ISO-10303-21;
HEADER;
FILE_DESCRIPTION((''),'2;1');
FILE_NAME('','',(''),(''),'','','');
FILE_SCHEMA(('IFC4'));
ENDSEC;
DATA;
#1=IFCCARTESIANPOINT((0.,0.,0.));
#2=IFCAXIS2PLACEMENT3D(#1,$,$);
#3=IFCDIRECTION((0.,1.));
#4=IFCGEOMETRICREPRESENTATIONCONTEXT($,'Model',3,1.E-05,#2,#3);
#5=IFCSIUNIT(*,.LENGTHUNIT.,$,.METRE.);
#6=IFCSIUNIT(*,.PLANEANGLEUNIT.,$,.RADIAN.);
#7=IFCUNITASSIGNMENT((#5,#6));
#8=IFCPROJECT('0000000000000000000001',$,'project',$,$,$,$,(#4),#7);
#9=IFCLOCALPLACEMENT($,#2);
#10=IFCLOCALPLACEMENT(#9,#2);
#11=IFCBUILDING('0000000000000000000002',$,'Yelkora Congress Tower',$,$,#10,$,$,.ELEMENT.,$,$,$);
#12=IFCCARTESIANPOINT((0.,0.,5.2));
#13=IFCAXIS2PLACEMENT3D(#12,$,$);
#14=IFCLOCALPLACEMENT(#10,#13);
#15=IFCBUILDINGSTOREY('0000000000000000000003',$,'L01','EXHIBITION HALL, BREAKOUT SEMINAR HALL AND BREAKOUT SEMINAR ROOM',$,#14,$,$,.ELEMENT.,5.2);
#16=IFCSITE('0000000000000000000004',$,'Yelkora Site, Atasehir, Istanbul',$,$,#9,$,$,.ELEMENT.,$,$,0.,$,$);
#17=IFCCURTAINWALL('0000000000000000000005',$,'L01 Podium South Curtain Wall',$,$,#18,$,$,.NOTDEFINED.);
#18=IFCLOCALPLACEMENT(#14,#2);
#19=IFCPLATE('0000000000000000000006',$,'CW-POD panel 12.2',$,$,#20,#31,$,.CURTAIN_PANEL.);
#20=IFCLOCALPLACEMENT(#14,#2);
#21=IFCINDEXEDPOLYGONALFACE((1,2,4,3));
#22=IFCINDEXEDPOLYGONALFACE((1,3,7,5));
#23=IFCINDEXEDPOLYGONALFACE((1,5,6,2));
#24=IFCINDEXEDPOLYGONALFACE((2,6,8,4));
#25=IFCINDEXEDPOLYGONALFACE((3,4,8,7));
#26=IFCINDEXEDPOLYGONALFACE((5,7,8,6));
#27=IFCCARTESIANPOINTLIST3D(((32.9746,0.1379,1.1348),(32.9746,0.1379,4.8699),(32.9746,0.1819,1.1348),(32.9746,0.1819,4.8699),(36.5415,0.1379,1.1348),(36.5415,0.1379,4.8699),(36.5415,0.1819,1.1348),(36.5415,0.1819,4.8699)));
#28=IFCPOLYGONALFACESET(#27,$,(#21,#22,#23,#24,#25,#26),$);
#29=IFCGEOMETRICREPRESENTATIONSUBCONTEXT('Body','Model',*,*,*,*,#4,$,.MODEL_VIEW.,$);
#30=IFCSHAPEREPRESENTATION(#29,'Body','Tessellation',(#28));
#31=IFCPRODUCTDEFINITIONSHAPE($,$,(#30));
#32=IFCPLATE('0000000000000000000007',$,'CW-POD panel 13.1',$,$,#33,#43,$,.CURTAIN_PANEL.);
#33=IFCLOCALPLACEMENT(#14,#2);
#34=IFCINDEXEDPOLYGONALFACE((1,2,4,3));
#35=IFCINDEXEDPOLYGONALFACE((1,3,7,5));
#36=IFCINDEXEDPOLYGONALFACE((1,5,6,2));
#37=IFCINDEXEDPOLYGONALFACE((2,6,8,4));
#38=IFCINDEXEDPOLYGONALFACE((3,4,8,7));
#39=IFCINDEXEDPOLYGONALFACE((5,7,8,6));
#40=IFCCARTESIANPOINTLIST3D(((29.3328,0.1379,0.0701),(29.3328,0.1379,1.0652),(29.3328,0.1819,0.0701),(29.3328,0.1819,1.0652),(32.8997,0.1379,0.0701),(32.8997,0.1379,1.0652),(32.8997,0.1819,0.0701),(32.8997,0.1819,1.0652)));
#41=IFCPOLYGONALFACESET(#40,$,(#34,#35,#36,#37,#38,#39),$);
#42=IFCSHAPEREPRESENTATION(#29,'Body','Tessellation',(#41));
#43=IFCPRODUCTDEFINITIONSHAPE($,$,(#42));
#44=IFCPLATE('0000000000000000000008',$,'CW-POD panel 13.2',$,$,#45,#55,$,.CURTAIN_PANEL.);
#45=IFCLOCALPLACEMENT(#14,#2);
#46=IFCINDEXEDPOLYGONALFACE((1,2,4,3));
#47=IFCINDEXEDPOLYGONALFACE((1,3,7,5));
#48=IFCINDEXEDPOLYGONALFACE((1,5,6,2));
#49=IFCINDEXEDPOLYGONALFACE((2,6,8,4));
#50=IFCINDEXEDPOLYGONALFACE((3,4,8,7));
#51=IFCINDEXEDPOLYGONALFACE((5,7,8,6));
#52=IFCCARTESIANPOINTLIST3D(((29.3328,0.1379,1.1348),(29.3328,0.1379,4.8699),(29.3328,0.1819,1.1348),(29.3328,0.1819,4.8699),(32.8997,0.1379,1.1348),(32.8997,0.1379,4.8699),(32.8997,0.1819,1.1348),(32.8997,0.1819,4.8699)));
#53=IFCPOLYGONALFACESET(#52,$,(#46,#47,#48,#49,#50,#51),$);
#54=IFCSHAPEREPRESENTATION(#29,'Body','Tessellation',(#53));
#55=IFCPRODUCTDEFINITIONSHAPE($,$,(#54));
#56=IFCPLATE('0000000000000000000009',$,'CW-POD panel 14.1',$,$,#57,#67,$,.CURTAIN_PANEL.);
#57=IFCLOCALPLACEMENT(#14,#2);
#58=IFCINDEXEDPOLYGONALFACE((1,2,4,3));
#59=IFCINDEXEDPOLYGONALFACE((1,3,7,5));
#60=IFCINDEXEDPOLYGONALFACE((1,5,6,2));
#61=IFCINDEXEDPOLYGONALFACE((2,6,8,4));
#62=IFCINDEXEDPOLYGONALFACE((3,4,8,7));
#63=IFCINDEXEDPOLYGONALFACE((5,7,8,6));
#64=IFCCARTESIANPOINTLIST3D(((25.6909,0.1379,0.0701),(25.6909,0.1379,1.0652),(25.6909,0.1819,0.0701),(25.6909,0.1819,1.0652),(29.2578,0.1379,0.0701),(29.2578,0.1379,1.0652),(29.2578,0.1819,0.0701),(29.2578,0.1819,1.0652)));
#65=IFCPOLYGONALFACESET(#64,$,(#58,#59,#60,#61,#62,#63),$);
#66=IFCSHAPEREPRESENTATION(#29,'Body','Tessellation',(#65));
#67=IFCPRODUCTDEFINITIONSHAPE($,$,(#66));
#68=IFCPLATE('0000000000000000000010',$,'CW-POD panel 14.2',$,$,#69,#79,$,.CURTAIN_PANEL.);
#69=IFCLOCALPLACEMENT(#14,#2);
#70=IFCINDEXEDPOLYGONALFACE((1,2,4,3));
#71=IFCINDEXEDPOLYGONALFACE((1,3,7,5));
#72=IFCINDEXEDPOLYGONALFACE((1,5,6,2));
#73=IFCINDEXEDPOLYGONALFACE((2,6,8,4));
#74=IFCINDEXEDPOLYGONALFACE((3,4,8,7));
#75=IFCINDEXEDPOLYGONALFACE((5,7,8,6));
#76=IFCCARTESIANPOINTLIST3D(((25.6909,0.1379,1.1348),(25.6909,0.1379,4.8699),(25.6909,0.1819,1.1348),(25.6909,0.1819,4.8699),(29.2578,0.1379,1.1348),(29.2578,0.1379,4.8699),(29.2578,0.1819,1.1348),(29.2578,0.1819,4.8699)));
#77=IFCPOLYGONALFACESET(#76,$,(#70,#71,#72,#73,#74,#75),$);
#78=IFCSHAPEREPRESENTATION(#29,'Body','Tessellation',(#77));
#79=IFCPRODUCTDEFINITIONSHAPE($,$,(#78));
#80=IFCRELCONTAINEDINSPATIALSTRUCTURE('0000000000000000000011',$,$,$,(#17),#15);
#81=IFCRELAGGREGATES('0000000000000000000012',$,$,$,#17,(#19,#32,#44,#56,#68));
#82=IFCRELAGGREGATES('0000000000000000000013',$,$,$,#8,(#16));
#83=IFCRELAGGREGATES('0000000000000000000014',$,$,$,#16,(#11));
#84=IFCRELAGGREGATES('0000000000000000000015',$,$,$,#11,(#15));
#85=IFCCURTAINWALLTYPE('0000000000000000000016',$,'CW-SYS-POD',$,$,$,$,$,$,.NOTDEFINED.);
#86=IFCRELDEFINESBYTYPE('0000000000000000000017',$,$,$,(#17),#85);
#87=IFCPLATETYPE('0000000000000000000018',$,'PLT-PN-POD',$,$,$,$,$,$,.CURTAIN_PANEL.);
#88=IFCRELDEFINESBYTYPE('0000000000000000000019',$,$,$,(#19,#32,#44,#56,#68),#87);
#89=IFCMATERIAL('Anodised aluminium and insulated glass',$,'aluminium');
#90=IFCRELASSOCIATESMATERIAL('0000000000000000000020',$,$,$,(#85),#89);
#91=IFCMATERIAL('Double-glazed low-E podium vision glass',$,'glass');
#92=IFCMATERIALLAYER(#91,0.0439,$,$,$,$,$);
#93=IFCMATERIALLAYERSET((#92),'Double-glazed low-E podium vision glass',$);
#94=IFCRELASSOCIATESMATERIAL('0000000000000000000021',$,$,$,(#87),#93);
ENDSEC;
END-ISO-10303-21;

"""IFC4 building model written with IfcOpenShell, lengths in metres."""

from ifc_helpers import new_model, si_unit, direction, frame, origin, origin_2d, place, context, subcontext, project, spatial, rectangle, extrude, material, layer, layer_set, type_object, element, aggregate, save


model = new_model("IFC4")

# Units and contexts
model_context = context("Model", 3, precision=1e-05, world=origin(), true_north=direction((0.0, 1.0)))
body_context = subcontext(model_context, "Body", "Model", "MODEL_VIEW")
ifc_project = project(units=[si_unit("LENGTHUNIT", "METRE"), si_unit("PLANEANGLEUNIT", "RADIAN")], contexts=[model_context])

# Site, building, storey
site_placement = place(None, origin())
site = spatial("IfcSite", under=ifc_project, at=site_placement, Name="Yelkora Site, Atasehir, Istanbul", CompositionType="ELEMENT", RefElevation=0.0)
building_placement = place(site_placement, origin())
building = spatial("IfcBuilding", under=site, at=building_placement, Name="Yelkora Congress Tower", CompositionType="ELEMENT")
storey_placement = place(building_placement, frame((0.0, 0.0, 5.2)))
storey = spatial("IfcBuildingStorey", under=building, at=storey_placement, Name="L01", Description="EXHIBITION HALL, BREAKOUT SEMINAR HALL AND BREAKOUT SEMINAR ROOM", CompositionType="ELEMENT", Elevation=5.2)

# Curtain wall, plates
ifc_material_1 = material(Name="Anodised aluminium and insulated glass", Category="aluminium")
curtain_wall_type = type_object("IfcCurtainWallType", Name="CW-SYS-POD", PredefinedType="NOTDEFINED", material=ifc_material_1)
curtain_wall_placement = place(storey_placement, origin())
curtain_wall = element("IfcCurtainWall", 1, at=curtain_wall_placement, inside=storey, type_object=curtain_wall_type, Name="L01 Podium South Curtain Wall", PredefinedType="NOTDEFINED")
ifc_material_2 = material(Name="Double-glazed low-E podium vision glass", Category="glass")
ifc_layer = layer(ifc_material_2, 0.0439)
ifc_layer_set = layer_set([ifc_layer], Name="Double-glazed low-E podium vision glass")
plate_type = type_object("IfcPlateType", Name="PLT-PN-POD", PredefinedType="CURTAIN_PANEL", material=ifc_layer_set)
plate_1_placement = place(storey_placement, frame((34.7581, 0.1599, 1.1348), z_axis=(0.0, 0.0, 1.0), x_axis=(-1.0, 0.0, 0.0)))
plate_1 = element("IfcPlate", 2, at=plate_1_placement, type_object=plate_type, Name="CW-POD panel 12.2", PredefinedType="CURTAIN_PANEL", context=body_context, shape_type="SweptSolid", body=[
    extrude(rectangle(XDim=3.5669, YDim=0.0439, at=origin_2d()), origin(), (0.0, 0.0, 1.0), 3.7351),
])
plate_2_placement = place(storey_placement, frame((31.1162, 0.1599, 0.0701), z_axis=(0.0, 0.0, 1.0), x_axis=(-1.0, 0.0, 0.0)))
plate_2 = element("IfcPlate", 3, at=plate_2_placement, type_object=plate_type, Name="CW-POD panel 13.1", PredefinedType="CURTAIN_PANEL", context=body_context, shape_type="SweptSolid", body=[
    extrude(rectangle(XDim=3.5669, YDim=0.0439, at=origin_2d()), origin(), (0.0, 0.0, 1.0), 0.9951),
])
plate_3_placement = place(storey_placement, frame((31.1162, 0.1599, 1.1348), z_axis=(0.0, 0.0, 1.0), x_axis=(-1.0, 0.0, 0.0)))
plate_3 = element("IfcPlate", 4, at=plate_3_placement, type_object=plate_type, Name="CW-POD panel 13.2", PredefinedType="CURTAIN_PANEL", context=body_context, shape_type="SweptSolid", body=[
    extrude(rectangle(XDim=3.5669, YDim=0.0439, at=origin_2d()), origin(), (0.0, 0.0, 1.0), 3.7351),
])
plate_4_placement = place(storey_placement, frame((27.4744, 0.1599, 0.0701), z_axis=(0.0, 0.0, 1.0), x_axis=(-1.0, 0.0, 0.0)))
plate_4 = element("IfcPlate", 5, at=plate_4_placement, type_object=plate_type, Name="CW-POD panel 14.1", PredefinedType="CURTAIN_PANEL", context=body_context, shape_type="SweptSolid", body=[
    extrude(rectangle(XDim=3.5669, YDim=0.0439, at=origin_2d()), origin(), (0.0, 0.0, 1.0), 0.9951),
])
plate_5_placement = place(storey_placement, frame((27.4744, 0.1599, 1.1348), z_axis=(0.0, 0.0, 1.0), x_axis=(-1.0, 0.0, 0.0)))
plate_5 = element("IfcPlate", 6, at=plate_5_placement, type_object=plate_type, Name="CW-POD panel 14.2", PredefinedType="CURTAIN_PANEL", context=body_context, shape_type="SweptSolid", body=[
    extrude(rectangle(XDim=3.5669, YDim=0.0439, at=origin_2d()), origin(), (0.0, 0.0, 1.0), 3.7351),
])
aggregate(curtain_wall, [plate_1, plate_2, plate_3, plate_4, plate_5])

save(model, "model.ifc")
